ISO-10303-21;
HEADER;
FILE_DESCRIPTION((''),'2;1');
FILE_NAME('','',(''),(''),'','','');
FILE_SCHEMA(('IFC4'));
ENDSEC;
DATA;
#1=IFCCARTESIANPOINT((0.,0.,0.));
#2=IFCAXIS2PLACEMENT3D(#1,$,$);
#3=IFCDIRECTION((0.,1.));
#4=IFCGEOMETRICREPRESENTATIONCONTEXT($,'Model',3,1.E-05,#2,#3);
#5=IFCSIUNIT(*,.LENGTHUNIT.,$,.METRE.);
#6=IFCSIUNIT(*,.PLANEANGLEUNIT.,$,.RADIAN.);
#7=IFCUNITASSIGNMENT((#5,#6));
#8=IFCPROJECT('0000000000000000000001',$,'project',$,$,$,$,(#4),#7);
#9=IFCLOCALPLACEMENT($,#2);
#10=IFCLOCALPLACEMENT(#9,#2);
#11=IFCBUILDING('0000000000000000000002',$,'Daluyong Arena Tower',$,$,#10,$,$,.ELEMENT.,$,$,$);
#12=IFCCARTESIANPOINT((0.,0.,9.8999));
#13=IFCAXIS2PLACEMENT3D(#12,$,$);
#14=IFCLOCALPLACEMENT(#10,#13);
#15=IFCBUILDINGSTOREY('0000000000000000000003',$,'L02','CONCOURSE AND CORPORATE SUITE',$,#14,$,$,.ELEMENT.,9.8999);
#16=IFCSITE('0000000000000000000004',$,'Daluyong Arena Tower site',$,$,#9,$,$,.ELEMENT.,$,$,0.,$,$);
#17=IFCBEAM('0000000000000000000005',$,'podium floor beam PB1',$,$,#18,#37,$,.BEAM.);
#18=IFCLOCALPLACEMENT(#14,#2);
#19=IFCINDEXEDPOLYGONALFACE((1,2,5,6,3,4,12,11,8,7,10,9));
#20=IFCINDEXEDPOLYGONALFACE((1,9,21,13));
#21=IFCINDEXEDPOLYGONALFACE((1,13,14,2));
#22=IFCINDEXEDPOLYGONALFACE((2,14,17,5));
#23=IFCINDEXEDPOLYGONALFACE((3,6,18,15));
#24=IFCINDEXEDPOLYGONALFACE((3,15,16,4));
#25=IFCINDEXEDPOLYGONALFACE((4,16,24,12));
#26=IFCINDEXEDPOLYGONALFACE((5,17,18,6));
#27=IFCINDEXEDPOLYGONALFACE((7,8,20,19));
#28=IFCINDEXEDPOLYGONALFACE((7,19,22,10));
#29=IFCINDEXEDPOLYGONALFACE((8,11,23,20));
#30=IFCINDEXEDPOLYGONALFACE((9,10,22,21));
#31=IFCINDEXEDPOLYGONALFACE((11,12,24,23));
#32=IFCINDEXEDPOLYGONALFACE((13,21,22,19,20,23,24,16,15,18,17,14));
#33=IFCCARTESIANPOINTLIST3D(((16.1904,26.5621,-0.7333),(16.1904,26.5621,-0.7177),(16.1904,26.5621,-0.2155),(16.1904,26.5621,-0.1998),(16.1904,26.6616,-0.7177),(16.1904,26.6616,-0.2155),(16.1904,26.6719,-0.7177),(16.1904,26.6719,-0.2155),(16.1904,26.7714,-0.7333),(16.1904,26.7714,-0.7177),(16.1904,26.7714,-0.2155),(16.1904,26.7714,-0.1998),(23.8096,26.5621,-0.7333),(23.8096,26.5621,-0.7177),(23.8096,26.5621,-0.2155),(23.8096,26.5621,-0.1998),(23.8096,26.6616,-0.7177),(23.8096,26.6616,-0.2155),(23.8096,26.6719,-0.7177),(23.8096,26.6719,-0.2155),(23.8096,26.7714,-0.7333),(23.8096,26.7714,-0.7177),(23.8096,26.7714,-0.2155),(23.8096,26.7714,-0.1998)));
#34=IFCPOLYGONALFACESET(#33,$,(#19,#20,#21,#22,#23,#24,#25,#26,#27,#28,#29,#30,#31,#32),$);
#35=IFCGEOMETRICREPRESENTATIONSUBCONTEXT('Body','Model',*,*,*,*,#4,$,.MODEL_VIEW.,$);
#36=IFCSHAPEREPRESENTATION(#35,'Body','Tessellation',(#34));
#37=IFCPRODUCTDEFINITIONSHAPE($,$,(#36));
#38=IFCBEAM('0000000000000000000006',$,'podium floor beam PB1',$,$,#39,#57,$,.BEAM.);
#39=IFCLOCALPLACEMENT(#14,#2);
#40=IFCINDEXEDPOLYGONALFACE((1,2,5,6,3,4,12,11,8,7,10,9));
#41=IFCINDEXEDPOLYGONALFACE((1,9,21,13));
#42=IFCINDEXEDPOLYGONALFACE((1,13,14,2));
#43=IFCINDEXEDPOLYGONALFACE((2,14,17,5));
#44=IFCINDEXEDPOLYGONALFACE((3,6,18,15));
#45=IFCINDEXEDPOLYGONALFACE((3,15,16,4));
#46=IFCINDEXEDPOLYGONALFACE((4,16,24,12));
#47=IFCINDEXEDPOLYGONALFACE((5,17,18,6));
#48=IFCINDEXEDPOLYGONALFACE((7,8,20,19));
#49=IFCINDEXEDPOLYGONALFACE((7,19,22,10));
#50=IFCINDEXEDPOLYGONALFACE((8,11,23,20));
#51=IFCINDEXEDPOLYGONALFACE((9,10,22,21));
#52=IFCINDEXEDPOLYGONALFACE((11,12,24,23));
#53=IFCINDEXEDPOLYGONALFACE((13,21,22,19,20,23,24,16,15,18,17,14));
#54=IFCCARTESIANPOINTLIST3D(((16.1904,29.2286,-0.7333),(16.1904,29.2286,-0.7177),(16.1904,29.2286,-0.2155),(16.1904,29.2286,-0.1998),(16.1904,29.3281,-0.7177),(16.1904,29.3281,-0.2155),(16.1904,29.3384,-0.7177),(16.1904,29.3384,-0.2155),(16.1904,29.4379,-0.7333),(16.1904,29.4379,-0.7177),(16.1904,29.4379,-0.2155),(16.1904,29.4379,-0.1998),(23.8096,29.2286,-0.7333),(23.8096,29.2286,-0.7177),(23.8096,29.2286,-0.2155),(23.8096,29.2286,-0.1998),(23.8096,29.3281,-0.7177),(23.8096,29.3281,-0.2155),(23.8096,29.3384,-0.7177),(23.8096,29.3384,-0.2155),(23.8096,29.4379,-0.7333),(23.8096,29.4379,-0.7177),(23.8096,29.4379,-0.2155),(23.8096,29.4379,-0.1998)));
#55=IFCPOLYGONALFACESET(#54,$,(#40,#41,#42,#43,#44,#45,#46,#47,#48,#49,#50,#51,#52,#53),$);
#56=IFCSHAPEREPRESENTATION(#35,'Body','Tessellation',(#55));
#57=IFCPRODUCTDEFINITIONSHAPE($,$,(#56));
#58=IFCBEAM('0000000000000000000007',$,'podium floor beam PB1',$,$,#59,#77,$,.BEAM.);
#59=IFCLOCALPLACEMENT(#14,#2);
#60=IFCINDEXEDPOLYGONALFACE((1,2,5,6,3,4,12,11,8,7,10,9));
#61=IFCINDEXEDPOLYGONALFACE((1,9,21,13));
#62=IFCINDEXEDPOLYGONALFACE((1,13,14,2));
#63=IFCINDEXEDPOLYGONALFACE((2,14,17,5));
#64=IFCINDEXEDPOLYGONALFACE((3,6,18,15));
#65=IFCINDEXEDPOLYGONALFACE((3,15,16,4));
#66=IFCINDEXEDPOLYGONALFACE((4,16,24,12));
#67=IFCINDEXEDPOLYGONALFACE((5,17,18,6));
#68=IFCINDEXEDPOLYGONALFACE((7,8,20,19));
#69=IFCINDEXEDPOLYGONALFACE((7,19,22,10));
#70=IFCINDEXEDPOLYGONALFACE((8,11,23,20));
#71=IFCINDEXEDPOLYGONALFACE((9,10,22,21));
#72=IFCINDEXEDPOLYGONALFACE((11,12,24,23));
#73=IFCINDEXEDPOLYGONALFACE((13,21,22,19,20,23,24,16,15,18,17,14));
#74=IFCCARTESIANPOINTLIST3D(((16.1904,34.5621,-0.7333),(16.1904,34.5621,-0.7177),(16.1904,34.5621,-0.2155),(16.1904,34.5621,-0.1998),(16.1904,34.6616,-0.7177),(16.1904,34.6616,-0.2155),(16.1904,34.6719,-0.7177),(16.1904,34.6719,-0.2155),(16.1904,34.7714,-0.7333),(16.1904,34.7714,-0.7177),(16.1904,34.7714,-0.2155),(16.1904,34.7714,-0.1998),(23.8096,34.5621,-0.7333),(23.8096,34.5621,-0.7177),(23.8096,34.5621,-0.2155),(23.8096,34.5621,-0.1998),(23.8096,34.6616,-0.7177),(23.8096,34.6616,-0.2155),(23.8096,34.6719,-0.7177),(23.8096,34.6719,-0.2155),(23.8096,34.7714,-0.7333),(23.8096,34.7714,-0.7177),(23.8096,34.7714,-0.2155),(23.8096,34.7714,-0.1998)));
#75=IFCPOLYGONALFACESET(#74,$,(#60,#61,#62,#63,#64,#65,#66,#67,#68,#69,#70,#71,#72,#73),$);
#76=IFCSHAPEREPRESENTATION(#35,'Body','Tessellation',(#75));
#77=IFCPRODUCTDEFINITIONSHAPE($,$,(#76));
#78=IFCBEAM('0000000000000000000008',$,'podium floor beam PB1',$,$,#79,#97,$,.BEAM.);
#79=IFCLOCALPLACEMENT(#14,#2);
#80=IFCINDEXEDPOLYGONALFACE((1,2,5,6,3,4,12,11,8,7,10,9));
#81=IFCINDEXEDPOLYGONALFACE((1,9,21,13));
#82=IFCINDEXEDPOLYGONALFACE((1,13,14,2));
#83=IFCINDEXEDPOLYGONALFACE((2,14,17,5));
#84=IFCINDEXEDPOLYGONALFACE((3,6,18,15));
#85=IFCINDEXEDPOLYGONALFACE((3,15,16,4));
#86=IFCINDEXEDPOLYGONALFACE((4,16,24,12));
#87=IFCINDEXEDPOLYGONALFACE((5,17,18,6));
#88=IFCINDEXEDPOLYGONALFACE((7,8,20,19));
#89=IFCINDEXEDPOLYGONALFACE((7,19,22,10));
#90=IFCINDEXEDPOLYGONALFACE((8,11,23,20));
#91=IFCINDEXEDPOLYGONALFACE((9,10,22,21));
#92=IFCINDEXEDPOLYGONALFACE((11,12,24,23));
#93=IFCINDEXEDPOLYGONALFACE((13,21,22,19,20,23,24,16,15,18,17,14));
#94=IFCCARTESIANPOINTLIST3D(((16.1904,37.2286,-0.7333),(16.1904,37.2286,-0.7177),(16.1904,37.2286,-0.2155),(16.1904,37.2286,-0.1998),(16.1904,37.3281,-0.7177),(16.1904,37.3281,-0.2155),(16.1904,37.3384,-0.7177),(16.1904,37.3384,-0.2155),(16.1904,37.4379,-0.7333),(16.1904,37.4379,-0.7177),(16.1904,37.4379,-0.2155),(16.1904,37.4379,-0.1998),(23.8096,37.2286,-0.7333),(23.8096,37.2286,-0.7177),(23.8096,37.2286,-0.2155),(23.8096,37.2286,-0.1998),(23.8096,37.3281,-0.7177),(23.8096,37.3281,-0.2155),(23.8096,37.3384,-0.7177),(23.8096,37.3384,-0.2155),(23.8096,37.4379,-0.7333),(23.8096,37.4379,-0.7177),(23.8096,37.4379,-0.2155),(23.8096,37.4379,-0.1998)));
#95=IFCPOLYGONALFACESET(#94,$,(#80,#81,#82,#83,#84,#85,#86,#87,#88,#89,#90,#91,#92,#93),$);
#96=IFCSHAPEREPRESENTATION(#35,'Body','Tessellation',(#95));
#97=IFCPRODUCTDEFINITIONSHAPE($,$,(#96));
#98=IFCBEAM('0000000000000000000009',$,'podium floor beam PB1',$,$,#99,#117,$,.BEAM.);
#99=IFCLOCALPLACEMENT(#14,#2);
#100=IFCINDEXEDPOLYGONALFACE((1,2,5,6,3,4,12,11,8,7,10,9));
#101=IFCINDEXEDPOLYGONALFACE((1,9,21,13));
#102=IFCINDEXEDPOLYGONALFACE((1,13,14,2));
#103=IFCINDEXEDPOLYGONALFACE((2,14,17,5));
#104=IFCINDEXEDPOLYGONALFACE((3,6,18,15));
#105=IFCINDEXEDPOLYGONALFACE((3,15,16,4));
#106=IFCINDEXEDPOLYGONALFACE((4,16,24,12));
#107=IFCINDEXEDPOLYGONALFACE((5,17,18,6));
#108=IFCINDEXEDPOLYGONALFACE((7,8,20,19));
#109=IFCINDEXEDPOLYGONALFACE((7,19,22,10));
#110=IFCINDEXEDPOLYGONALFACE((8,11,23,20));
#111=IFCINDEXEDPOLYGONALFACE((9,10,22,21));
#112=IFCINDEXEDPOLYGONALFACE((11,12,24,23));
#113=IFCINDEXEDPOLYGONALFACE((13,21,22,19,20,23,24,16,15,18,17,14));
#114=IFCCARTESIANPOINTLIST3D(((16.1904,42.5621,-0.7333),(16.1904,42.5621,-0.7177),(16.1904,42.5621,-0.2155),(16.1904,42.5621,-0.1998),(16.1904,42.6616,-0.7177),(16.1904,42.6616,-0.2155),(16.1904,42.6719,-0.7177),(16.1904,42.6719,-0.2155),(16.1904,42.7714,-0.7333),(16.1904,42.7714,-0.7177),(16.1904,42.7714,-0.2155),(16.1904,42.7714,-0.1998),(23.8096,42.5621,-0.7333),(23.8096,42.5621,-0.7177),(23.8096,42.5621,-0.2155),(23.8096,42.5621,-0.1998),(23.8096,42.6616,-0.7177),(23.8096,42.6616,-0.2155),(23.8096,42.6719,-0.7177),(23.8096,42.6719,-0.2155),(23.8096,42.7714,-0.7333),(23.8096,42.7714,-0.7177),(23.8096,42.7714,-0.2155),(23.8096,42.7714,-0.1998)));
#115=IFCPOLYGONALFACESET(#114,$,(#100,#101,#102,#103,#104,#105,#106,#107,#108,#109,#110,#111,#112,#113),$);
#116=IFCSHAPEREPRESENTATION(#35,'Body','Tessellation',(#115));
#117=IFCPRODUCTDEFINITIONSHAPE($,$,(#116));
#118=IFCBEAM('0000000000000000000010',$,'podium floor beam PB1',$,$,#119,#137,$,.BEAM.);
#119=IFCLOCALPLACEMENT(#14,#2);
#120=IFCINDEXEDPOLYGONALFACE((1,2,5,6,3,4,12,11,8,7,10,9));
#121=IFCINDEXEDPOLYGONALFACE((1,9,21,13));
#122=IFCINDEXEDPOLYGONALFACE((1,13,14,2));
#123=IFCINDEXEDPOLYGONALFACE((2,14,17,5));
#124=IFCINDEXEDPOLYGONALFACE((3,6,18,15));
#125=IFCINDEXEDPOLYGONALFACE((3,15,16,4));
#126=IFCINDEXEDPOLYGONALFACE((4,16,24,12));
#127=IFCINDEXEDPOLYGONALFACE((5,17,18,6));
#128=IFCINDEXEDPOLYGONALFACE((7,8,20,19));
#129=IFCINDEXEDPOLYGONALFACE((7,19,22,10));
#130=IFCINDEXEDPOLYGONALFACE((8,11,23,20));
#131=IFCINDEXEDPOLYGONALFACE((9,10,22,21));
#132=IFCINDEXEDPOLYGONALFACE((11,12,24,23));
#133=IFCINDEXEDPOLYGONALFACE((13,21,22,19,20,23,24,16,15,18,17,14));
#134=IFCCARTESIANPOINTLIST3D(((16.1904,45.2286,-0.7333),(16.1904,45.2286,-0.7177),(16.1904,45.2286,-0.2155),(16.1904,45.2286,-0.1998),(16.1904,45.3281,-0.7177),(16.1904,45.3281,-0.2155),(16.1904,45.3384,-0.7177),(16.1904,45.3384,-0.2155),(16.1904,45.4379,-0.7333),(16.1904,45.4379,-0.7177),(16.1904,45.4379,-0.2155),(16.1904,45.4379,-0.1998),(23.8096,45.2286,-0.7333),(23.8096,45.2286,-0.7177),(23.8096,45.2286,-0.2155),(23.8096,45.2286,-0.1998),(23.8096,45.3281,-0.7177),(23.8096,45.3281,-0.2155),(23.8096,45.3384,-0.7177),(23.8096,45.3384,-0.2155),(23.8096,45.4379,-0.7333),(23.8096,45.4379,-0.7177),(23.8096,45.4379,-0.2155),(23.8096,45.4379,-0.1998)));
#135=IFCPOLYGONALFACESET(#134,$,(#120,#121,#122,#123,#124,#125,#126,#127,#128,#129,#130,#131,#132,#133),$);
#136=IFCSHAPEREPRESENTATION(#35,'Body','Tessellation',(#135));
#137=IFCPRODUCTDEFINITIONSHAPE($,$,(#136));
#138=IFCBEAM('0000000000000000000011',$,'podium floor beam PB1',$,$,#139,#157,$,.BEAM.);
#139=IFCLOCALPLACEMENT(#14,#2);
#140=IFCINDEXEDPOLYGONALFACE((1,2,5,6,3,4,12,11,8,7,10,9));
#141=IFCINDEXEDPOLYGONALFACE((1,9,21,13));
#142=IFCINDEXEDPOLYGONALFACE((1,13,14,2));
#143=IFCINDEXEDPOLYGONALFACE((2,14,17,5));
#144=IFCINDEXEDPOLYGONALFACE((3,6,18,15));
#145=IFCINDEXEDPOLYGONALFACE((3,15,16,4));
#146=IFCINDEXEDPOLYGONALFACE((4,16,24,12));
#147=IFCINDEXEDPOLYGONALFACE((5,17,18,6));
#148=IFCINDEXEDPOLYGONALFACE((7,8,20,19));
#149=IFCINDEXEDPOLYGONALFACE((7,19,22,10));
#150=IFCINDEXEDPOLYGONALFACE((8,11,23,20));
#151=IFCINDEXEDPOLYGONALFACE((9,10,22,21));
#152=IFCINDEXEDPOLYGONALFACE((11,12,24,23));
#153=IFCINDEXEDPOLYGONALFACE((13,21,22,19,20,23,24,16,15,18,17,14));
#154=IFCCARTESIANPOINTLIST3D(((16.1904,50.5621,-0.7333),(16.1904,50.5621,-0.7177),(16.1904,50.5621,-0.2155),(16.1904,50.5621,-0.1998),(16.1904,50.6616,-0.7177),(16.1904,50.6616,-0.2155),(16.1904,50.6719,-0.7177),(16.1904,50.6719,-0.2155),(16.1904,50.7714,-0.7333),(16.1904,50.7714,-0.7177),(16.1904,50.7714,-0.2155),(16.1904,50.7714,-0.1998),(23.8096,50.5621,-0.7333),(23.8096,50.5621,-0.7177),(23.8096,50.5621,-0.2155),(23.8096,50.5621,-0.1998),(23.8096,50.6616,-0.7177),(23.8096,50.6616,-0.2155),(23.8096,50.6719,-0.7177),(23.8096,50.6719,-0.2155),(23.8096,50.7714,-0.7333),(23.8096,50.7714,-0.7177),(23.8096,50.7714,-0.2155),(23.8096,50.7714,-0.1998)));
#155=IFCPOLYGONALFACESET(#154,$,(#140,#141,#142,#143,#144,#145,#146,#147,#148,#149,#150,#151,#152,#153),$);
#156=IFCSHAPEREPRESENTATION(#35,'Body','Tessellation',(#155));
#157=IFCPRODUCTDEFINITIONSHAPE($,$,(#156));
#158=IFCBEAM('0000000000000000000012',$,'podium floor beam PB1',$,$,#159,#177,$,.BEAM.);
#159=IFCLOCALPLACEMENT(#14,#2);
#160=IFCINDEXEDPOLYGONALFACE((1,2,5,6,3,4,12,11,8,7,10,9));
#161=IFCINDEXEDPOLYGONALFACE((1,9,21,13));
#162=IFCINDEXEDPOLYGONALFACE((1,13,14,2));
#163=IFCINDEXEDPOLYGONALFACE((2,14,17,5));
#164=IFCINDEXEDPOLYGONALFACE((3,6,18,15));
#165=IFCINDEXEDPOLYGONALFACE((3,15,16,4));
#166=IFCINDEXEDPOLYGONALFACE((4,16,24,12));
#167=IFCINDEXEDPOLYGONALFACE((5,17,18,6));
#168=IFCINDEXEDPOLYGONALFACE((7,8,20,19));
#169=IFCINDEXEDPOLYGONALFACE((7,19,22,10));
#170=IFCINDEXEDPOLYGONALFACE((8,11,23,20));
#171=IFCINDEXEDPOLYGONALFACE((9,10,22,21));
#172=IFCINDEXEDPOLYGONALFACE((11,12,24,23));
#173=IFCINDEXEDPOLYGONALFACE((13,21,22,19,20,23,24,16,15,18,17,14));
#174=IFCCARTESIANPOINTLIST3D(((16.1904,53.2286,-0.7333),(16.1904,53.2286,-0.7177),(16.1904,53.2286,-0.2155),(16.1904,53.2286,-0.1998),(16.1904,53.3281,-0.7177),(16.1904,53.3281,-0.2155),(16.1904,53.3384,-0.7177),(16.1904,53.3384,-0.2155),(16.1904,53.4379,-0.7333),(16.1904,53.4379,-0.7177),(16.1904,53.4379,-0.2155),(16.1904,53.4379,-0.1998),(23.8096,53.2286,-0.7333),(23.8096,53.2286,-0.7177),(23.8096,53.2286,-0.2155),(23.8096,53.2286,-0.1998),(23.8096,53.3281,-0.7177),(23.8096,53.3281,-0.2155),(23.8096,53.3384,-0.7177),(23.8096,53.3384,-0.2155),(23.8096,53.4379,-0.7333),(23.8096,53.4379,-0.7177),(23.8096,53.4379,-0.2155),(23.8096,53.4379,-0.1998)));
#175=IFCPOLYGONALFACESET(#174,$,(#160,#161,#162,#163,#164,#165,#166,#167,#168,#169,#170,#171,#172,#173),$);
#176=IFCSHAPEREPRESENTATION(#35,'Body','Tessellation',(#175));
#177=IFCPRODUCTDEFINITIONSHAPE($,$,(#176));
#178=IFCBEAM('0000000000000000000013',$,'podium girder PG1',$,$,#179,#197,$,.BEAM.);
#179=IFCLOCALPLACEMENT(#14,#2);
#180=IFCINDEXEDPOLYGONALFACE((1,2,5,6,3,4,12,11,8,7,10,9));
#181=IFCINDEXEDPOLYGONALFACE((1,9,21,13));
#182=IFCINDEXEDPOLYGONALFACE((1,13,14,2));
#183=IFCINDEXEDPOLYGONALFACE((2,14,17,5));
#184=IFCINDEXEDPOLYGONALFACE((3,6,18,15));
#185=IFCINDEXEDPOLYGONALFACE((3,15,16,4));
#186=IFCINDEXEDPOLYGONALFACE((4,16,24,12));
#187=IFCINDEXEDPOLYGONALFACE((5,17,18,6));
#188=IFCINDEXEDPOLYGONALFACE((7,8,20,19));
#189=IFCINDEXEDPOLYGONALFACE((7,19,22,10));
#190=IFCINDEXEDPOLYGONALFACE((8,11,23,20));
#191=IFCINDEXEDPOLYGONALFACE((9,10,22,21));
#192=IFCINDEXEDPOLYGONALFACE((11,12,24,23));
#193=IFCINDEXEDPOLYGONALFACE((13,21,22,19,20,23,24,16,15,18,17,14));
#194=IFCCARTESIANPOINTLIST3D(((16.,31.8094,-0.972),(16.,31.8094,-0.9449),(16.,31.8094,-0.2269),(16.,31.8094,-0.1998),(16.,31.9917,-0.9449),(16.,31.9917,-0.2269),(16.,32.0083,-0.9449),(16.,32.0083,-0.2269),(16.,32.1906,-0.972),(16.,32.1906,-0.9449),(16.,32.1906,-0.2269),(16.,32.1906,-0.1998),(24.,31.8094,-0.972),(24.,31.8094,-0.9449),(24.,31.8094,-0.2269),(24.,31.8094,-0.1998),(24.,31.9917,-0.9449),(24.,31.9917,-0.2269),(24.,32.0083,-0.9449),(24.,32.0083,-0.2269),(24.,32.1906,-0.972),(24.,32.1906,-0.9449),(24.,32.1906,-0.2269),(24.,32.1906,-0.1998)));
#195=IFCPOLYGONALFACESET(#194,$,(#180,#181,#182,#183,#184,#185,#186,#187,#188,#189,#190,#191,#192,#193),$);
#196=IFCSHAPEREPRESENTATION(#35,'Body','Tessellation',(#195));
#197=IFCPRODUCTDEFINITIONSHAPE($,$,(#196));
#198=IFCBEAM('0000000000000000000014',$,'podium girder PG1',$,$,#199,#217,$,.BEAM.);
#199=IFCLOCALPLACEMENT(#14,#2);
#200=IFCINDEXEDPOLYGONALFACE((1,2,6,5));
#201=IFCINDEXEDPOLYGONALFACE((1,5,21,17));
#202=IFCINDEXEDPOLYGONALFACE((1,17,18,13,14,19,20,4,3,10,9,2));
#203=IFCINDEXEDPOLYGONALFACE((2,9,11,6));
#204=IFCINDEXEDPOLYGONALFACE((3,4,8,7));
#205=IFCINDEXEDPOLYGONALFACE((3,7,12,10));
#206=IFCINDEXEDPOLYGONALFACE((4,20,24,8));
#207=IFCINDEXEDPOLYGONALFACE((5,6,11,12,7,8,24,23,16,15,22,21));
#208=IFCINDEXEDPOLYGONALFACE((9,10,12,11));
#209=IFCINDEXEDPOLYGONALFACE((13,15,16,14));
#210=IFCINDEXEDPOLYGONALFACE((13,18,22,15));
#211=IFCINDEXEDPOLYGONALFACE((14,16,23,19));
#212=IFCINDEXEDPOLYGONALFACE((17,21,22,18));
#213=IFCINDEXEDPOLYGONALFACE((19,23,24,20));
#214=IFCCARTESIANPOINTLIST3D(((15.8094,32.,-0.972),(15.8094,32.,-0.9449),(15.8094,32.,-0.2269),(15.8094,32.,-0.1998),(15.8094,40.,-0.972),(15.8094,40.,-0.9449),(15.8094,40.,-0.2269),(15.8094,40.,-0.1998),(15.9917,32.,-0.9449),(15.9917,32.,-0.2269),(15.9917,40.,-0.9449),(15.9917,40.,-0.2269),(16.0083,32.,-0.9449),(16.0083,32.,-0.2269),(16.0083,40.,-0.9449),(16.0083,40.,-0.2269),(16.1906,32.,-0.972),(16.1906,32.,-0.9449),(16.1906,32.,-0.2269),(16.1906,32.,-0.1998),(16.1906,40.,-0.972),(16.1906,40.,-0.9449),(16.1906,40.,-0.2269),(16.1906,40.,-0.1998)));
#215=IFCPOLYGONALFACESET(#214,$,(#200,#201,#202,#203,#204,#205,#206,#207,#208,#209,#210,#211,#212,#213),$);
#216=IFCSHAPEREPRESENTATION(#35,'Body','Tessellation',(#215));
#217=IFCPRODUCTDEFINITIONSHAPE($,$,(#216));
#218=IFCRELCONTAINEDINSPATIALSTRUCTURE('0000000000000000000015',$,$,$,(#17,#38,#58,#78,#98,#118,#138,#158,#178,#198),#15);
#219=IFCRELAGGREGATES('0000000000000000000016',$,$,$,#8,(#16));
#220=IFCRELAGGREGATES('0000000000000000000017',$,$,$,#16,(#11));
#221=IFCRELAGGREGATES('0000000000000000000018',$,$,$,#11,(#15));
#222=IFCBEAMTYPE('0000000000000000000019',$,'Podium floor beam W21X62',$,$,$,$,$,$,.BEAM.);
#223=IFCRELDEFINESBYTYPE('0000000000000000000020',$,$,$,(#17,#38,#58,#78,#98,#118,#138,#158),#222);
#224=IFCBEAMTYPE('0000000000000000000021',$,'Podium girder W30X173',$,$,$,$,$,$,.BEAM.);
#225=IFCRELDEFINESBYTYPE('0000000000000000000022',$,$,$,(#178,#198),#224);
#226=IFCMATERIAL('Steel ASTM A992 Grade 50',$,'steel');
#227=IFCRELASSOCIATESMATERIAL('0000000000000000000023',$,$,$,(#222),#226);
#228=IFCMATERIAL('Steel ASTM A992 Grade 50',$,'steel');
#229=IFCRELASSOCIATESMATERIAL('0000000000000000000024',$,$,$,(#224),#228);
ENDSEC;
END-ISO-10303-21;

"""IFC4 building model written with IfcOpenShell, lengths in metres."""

from ifc_helpers import new_model, si_unit, direction, frame, origin, origin_2d, place, context, subcontext, project, spatial, i_section, extrude, material, material_profile, profile_set, type_object, element, save


model = new_model("IFC4")

# Units and contexts
model_context = context("Model", 3, precision=1e-05, world=origin(), true_north=direction((0.0, 1.0)))
body_context = subcontext(model_context, "Body", "Model", "MODEL_VIEW")
ifc_project = project(units=[si_unit("LENGTHUNIT", "METRE"), si_unit("PLANEANGLEUNIT", "RADIAN")], contexts=[model_context])

# Site, building, storey
site_placement = place(None, origin())
site = spatial("IfcSite", under=ifc_project, at=site_placement, Name="Daluyong Arena Tower site", CompositionType="ELEMENT", RefElevation=0.0)
building_placement = place(site_placement, origin())
building = spatial("IfcBuilding", under=site, at=building_placement, Name="Daluyong Arena Tower", CompositionType="ELEMENT")
storey_placement = place(building_placement, frame((0.0, 0.0, 9.8999)))
storey = spatial("IfcBuildingStorey", under=building, at=storey_placement, Name="L02", Description="CONCOURSE AND CORPORATE SUITE", CompositionType="ELEMENT", Elevation=9.8999)

# Beams
ifc_material_1 = material(Name="Steel ASTM A992 Grade 50", Category="steel")
ifc_material_profile_1 = material_profile(ifc_material_1, i_section(OverallWidth=0.2092, OverallDepth=0.5334, WebThickness=0.0103, FlangeThickness=0.0156, at=origin_2d()))
ifc_profile_set_1 = profile_set([ifc_material_profile_1], Name="Steel ASTM A992 Grade 50")
beam_type_1 = type_object("IfcBeamType", Name="Podium floor beam W21X62", PredefinedType="BEAM", material=ifc_profile_set_1)
for number, where, z_axis, x_axis, name in (
    (1, (16.1904, 26.6667, -0.4666), (1.0, 0.0, 0.0), (0.0, 1.0, 0.0), "podium floor beam PB1"),
    (2, (16.1904, 29.3333, -0.4666), (1.0, 0.0, 0.0), (0.0, 1.0, 0.0), "podium floor beam PB1"),
    (3, (16.1904, 34.6667, -0.4666), (1.0, 0.0, 0.0), (0.0, 1.0, 0.0), "podium floor beam PB1"),
    (4, (16.1904, 37.3333, -0.4666), (1.0, 0.0, 0.0), (0.0, 1.0, 0.0), "podium floor beam PB1"),
    (5, (16.1904, 42.6667, -0.4666), (1.0, 0.0, 0.0), (0.0, 1.0, 0.0), "podium floor beam PB1"),
    (6, (16.1904, 45.3333, -0.4666), (1.0, 0.0, 0.0), (0.0, 1.0, 0.0), "podium floor beam PB1"),
    (7, (16.1904, 50.6667, -0.4666), (1.0, 0.0, 0.0), (0.0, 1.0, 0.0), "podium floor beam PB1"),
    (8, (16.1904, 53.3333, -0.4666), (1.0, 0.0, 0.0), (0.0, 1.0, 0.0), "podium floor beam PB1"),
):
    element("IfcBeam", number, at=place(storey_placement, frame(where, z_axis=z_axis, x_axis=x_axis)), inside=storey, type_object=beam_type_1, Name=name, PredefinedType="BEAM", context=body_context, shape_type="SweptSolid", body=[
        extrude(i_section(OverallWidth=0.2092, OverallDepth=0.5334, WebThickness=0.0103, FlangeThickness=0.0156, at=origin_2d()), origin(), (0.0, 0.0, 1.0), 7.6191),
    ])
ifc_material_2 = material(Name="Steel ASTM A992 Grade 50", Category="steel")
ifc_material_profile_2 = material_profile(ifc_material_2, i_section(OverallWidth=0.3811, OverallDepth=0.7722, WebThickness=0.0166, FlangeThickness=0.0271, at=origin_2d()))
ifc_profile_set_2 = profile_set([ifc_material_profile_2], Name="Steel ASTM A992 Grade 50")
beam_type_2 = type_object("IfcBeamType", Name="Podium girder W30X173", PredefinedType="BEAM", material=ifc_profile_set_2)
for number, where, z_axis, x_axis, name in (
    (9, (16.0, 32.0, -0.5859), (1.0, 0.0, 0.0), (0.0, 1.0, 0.0), "podium girder PG1"),
    (10, (16.0, 32.0, -0.5859), (0.0, 1.0, 0.0), (-1.0, 0.0, 0.0), "podium girder PG1"),
):
    element("IfcBeam", number, at=place(storey_placement, frame(where, z_axis=z_axis, x_axis=x_axis)), inside=storey, type_object=beam_type_2, Name=name, PredefinedType="BEAM", context=body_context, shape_type="SweptSolid", body=[
        extrude(i_section(OverallWidth=0.3811, OverallDepth=0.7722, WebThickness=0.0166, FlangeThickness=0.0271, at=origin_2d()), origin(), (0.0, 0.0, 1.0), 8.0),
    ])

save(model, "model.ifc")
